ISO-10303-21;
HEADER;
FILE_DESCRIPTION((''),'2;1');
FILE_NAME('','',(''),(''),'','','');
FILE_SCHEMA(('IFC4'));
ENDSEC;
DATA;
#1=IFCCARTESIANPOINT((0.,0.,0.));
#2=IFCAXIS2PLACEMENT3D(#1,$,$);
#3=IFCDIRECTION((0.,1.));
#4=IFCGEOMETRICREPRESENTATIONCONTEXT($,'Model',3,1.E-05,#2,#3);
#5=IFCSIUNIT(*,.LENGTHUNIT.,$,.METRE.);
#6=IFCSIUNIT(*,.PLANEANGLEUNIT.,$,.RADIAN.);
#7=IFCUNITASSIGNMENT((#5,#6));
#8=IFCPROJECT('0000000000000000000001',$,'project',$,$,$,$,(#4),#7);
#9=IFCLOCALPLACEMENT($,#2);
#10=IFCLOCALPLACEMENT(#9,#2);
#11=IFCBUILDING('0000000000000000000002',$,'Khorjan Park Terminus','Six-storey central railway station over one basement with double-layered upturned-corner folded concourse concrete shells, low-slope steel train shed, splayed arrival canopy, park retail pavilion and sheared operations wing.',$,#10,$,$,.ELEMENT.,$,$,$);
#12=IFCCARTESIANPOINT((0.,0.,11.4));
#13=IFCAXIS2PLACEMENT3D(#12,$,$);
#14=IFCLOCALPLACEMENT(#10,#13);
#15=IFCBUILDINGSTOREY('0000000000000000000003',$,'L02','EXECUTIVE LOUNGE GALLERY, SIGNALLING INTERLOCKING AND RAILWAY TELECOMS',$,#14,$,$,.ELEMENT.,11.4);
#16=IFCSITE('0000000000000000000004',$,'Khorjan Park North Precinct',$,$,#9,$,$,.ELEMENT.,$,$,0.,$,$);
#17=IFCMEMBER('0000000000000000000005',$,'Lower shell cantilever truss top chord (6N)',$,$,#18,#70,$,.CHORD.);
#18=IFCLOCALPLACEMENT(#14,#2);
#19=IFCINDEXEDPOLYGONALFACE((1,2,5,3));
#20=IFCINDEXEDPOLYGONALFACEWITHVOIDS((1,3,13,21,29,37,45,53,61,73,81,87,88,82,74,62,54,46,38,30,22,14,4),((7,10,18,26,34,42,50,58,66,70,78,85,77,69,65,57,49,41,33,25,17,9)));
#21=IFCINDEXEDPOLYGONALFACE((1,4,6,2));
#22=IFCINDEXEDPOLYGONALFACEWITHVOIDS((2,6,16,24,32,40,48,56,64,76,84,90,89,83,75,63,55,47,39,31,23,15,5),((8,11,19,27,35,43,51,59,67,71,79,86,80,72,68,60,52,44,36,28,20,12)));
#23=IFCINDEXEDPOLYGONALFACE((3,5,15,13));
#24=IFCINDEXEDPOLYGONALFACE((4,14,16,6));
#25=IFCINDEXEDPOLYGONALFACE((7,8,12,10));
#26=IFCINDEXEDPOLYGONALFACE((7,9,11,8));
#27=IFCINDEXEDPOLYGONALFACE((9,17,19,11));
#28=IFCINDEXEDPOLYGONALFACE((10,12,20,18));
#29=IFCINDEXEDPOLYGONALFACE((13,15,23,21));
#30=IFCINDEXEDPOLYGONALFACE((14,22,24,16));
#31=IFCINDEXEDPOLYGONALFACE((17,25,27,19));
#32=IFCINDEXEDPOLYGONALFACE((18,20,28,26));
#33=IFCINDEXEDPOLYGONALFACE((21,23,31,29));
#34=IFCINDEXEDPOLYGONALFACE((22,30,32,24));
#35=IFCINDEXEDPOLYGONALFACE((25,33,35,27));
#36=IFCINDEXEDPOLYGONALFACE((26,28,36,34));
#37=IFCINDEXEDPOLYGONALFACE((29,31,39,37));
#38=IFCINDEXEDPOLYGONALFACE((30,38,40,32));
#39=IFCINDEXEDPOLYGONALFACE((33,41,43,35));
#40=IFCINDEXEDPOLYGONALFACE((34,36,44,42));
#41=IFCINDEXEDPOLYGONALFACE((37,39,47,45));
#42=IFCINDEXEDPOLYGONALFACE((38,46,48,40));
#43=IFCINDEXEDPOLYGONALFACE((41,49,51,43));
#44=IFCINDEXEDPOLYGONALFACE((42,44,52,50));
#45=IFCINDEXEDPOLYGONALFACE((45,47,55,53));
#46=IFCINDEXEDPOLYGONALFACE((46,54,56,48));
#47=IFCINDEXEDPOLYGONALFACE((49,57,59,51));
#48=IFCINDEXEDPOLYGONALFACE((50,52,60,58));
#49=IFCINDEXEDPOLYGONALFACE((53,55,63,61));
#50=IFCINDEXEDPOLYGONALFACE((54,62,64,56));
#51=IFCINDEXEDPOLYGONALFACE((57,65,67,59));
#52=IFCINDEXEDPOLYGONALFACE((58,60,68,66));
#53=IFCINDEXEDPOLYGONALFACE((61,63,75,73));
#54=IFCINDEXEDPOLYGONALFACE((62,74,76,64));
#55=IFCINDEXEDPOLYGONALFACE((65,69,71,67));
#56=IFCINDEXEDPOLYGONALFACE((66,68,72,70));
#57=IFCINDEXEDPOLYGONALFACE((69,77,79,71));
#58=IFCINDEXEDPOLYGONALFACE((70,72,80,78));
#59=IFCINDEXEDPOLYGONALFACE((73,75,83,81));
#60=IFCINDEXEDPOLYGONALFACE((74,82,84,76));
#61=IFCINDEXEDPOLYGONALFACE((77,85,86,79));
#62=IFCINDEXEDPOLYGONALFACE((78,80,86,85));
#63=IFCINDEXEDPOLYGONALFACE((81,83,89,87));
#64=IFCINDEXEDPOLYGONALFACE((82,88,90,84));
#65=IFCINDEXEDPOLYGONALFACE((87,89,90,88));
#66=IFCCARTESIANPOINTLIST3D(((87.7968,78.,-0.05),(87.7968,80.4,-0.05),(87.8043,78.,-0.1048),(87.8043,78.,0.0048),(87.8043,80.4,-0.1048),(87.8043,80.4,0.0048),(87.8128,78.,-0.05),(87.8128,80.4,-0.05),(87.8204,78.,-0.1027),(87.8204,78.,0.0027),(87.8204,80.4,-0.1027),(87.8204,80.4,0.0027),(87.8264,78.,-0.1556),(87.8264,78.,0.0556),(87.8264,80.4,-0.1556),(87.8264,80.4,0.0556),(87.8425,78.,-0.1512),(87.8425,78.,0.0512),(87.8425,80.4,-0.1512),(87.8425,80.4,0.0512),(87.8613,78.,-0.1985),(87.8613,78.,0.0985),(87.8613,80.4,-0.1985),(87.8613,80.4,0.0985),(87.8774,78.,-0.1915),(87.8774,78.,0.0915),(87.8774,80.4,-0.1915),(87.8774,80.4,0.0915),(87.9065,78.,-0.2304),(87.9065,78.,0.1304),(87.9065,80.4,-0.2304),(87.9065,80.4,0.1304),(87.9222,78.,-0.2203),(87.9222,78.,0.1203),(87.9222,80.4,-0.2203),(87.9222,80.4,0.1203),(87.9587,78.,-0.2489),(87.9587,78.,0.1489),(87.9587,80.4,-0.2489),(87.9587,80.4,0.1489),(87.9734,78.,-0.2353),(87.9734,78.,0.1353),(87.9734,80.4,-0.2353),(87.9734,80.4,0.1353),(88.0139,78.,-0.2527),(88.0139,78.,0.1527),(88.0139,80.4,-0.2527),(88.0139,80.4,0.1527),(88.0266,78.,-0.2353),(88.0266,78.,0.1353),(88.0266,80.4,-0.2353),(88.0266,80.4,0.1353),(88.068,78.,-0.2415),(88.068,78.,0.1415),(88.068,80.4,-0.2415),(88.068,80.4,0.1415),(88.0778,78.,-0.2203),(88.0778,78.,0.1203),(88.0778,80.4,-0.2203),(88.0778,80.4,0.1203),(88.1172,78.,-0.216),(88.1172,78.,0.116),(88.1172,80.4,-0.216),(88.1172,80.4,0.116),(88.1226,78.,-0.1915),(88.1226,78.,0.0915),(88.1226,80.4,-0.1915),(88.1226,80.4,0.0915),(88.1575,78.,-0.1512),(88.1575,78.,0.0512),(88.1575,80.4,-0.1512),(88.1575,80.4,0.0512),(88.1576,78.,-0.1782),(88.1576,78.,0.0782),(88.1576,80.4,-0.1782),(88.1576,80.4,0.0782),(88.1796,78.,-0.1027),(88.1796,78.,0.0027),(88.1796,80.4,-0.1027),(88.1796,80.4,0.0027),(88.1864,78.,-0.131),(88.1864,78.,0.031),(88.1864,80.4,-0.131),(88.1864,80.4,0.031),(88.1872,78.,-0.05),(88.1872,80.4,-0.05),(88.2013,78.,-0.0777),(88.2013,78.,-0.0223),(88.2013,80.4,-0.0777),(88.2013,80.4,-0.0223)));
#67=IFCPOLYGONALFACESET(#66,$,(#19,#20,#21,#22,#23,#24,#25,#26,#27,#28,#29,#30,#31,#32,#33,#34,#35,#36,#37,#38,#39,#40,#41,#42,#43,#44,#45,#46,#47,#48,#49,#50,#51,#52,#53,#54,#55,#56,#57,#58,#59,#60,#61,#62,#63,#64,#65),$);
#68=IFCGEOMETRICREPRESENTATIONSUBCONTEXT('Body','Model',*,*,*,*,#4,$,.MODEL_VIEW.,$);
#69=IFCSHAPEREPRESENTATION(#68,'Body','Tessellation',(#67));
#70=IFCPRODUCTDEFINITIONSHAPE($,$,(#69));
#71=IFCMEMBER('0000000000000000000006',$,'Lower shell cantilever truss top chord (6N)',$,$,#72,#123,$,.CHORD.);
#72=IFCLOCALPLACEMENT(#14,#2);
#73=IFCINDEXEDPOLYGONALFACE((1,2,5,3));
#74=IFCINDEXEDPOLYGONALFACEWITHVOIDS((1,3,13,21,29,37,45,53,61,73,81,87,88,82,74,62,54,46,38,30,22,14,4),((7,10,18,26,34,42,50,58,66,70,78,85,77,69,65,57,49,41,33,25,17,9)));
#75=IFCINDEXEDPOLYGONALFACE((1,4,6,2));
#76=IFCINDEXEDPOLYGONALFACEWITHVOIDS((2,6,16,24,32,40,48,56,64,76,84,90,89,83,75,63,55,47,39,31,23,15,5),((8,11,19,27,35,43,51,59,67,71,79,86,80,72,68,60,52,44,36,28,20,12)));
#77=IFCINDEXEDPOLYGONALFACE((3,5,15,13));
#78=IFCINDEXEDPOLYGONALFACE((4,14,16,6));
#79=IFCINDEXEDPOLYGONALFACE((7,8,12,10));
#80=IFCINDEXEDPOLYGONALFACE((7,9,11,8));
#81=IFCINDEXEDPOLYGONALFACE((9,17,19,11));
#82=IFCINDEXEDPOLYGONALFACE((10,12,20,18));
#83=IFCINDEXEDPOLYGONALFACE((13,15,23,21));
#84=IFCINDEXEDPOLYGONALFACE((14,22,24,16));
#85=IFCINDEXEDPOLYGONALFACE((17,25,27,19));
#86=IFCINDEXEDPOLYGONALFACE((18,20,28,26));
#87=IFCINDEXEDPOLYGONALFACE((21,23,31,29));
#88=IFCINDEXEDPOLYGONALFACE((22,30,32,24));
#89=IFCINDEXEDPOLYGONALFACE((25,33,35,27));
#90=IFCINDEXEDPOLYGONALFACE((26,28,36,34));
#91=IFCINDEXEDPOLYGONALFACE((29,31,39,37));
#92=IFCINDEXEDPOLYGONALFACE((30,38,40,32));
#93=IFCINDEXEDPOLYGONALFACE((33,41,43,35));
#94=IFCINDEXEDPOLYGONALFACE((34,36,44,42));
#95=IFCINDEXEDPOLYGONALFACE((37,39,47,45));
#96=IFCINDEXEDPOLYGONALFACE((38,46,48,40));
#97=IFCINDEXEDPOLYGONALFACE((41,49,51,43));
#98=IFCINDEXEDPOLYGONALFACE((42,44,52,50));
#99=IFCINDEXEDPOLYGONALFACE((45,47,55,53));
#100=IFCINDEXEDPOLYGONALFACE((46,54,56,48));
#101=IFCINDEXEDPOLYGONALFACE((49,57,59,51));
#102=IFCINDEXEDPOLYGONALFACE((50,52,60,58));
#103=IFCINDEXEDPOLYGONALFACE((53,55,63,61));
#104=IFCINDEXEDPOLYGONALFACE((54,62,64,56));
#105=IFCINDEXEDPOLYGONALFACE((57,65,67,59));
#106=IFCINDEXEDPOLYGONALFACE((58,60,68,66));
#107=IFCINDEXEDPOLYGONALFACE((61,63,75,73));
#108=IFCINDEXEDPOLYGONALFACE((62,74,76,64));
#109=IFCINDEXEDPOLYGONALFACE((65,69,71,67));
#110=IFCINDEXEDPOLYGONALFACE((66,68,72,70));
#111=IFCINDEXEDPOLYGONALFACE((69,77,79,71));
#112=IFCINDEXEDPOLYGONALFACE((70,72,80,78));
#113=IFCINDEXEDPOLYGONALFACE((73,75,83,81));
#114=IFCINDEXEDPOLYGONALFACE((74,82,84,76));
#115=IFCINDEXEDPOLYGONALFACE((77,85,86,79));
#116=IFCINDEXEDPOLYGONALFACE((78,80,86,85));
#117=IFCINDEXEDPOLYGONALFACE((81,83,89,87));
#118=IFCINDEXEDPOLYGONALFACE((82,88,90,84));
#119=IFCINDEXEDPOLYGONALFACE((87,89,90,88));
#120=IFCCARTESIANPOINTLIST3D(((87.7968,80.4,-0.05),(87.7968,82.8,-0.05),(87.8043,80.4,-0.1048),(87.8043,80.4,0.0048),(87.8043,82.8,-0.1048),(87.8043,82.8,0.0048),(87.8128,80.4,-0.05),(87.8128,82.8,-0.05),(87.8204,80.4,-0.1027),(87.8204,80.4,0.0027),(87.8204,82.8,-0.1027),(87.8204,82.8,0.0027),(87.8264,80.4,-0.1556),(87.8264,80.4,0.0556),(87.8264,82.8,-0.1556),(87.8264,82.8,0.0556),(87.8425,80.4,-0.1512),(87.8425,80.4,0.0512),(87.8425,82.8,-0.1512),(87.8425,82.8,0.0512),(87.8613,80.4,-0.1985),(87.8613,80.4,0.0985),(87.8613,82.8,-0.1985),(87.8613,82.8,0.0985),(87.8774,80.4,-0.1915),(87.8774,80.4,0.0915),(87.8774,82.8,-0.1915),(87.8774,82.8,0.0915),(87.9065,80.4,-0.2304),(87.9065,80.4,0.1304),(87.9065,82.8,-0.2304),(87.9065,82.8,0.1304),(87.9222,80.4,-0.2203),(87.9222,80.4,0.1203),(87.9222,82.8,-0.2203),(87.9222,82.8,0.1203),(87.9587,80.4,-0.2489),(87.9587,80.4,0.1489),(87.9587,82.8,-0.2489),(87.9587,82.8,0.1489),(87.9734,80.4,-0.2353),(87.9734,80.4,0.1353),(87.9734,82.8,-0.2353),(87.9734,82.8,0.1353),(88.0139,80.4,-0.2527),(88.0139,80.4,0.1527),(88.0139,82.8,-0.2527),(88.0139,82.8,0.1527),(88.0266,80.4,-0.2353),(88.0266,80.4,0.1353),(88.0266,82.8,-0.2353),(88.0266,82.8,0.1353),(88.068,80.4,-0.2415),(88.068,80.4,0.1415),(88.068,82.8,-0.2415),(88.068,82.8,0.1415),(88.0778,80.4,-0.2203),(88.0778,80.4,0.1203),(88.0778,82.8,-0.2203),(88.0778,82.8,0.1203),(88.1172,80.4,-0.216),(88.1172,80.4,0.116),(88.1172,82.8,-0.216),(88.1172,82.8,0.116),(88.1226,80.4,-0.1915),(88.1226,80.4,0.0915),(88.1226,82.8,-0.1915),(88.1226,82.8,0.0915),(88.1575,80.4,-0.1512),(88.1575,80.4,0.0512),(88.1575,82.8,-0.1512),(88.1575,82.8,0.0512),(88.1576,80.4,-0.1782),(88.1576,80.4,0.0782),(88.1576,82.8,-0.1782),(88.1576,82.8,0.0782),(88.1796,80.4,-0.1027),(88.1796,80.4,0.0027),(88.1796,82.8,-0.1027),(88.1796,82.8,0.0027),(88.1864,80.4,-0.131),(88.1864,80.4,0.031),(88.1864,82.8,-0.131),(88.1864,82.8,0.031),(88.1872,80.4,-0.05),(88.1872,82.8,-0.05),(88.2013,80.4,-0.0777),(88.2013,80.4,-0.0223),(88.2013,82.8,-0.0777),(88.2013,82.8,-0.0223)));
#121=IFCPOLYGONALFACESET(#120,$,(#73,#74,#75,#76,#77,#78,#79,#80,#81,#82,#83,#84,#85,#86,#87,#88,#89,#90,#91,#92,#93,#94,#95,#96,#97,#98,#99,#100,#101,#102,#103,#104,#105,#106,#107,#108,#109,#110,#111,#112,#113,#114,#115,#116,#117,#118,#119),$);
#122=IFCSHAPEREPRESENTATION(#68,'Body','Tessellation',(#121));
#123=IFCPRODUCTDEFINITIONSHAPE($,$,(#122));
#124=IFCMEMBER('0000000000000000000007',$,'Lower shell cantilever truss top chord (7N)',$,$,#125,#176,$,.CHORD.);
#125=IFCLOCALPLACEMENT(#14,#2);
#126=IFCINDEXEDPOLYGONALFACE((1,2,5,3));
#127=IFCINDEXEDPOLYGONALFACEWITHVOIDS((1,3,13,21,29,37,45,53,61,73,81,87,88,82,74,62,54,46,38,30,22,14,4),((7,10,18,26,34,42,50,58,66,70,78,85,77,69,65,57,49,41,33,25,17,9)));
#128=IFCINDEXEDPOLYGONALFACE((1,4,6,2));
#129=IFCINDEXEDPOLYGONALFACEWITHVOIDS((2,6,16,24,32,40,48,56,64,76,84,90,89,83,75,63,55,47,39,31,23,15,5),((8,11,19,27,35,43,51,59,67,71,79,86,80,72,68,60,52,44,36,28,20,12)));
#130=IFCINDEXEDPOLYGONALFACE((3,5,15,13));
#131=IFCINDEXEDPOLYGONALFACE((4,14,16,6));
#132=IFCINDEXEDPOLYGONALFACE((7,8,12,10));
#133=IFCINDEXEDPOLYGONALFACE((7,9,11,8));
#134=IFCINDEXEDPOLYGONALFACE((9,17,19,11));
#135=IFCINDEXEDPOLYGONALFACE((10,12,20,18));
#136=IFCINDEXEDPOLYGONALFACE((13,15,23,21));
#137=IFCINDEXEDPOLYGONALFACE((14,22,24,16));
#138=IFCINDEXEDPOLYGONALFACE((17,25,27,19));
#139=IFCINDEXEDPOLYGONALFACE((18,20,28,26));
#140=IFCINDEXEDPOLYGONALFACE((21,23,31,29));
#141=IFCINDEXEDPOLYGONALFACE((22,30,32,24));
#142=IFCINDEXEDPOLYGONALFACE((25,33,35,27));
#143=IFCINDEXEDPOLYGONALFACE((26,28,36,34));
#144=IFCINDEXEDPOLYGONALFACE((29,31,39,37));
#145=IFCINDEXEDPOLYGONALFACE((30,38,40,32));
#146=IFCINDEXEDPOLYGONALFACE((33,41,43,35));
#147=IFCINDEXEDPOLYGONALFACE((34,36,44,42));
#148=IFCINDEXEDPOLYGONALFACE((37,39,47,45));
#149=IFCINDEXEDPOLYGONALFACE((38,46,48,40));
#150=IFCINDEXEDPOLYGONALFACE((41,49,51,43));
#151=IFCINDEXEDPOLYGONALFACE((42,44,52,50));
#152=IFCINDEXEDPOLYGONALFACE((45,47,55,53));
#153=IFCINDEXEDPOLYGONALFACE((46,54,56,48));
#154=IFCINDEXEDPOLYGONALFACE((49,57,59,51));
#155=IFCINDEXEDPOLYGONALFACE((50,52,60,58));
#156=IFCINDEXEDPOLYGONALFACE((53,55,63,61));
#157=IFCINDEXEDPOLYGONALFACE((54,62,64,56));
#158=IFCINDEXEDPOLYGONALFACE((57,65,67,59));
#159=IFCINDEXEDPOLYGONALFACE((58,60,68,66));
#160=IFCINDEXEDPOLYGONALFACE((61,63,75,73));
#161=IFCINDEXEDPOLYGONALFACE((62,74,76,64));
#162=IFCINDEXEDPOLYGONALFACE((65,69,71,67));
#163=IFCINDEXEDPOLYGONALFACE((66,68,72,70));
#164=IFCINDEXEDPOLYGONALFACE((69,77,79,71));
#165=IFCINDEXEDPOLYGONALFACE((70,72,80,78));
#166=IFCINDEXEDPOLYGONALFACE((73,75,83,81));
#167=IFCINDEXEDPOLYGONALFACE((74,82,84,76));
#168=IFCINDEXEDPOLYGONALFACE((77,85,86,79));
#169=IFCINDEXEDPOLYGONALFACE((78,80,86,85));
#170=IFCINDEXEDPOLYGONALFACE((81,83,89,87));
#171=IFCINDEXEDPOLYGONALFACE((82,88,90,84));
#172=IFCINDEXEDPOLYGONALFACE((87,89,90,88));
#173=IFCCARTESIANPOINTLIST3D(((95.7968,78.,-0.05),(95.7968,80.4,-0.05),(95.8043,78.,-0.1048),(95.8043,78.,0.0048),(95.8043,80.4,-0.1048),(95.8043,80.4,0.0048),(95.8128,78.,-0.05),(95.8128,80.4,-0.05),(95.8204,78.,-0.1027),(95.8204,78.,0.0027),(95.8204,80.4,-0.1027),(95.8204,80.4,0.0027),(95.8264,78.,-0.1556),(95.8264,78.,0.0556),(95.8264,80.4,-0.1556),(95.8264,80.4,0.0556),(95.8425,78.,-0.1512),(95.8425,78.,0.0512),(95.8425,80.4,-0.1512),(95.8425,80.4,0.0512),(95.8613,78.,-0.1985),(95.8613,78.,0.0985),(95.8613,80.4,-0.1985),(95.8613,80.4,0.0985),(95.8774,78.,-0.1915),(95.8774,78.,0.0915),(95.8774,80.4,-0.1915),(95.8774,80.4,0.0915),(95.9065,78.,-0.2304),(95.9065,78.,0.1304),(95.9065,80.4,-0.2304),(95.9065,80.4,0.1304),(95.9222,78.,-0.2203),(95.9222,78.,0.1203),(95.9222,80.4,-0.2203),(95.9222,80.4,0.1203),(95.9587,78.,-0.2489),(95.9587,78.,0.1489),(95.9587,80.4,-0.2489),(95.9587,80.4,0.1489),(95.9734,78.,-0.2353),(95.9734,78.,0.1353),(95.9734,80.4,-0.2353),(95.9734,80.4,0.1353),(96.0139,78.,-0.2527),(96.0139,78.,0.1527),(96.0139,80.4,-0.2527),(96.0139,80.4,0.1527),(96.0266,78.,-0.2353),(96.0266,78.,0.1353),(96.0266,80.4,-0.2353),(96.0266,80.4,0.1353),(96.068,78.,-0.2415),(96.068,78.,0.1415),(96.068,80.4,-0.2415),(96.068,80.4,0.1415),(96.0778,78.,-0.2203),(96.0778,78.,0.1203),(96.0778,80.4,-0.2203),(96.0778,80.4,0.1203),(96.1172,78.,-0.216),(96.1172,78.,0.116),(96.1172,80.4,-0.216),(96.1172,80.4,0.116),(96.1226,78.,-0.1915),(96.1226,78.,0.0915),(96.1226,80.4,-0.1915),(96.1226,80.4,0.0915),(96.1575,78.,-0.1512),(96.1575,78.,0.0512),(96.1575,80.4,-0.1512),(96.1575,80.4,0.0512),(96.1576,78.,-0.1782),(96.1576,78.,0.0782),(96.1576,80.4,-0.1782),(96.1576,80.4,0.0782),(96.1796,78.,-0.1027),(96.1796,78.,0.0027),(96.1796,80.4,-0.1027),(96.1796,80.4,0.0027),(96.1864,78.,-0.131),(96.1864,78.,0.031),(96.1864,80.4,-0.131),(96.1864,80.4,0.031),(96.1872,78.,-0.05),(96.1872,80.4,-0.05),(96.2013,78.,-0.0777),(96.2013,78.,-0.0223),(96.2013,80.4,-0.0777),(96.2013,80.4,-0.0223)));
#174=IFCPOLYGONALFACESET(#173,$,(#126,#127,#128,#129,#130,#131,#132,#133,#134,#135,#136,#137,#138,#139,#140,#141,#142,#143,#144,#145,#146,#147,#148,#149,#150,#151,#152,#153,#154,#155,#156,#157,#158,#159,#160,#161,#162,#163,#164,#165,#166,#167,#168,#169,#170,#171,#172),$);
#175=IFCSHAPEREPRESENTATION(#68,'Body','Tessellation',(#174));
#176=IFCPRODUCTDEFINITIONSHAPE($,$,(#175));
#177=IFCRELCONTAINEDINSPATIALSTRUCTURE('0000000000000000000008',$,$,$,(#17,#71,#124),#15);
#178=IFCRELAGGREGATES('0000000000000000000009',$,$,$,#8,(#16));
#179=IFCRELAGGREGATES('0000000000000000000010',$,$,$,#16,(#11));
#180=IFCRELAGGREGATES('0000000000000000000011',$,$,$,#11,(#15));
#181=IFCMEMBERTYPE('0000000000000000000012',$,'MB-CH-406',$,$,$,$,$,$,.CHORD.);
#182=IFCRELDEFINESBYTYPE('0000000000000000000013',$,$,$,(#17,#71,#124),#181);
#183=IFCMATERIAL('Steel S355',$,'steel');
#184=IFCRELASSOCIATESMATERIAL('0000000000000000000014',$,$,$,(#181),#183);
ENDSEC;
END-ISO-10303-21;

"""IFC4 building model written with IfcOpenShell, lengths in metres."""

from ifc_helpers import new_model, si_unit, direction, frame, origin, origin_2d, place, context, subcontext, project, spatial, hollow_circle, extrude, material, material_profile, profile_set, type_object, element, save


model = new_model("IFC4")

# Units and contexts
model_context = context("Model", 3, precision=1e-05, world=origin(), true_north=direction((0.0, 1.0)))
body_context = subcontext(model_context, "Body", "Model", "MODEL_VIEW")
ifc_project = project(units=[si_unit("LENGTHUNIT", "METRE"), si_unit("PLANEANGLEUNIT", "RADIAN")], contexts=[model_context])

# Site, building, storey
site_placement = place(None, origin())
site = spatial("IfcSite", under=ifc_project, at=site_placement, Name="Khorjan Park North Precinct", CompositionType="ELEMENT", RefElevation=0.0)
building_placement = place(site_placement, origin())
building = spatial("IfcBuilding", under=site, at=building_placement, Name="Khorjan Park Terminus", Description="Six-storey central railway station over one basement with double-layered upturned-corner folded concourse concrete shells, low-slope steel train shed, splayed arrival canopy, park retail pavilion and sheared operations wing.", CompositionType="ELEMENT")
storey_placement = place(building_placement, frame((0.0, 0.0, 11.4)))
storey = spatial("IfcBuildingStorey", under=building, at=storey_placement, Name="L02", Description="EXECUTIVE LOUNGE GALLERY, SIGNALLING INTERLOCKING AND RAILWAY TELECOMS", CompositionType="ELEMENT", Elevation=11.4)

# Shared definitions
ifc_material_1 = material(Name="Steel S355", Category="steel")

# Members
ifc_material_profile_1 = material_profile(ifc_material_1, hollow_circle(Radius=0.2032, WallThickness=0.016, at=origin_2d()), Name="CHS 406.4x16")
ifc_profile_set_1 = profile_set([ifc_material_profile_1], Name="Steel S355")
member_type_1 = type_object("IfcMemberType", Name="MB-CH-406", PredefinedType="CHORD", material=ifc_profile_set_1)
for number, where, z_axis, x_axis, name in (
    (1, (88.0, 78.0, -0.05), (0.0, 1.0, 0.0), (-1.0, 0.0, 0.0), "Lower shell cantilever truss top chord (6N)"),
    (2, (88.0, 80.4, -0.05), (0.0, 1.0, 0.0), (-1.0, 0.0, 0.0), "Lower shell cantilever truss top chord (6N)"),
    (3, (96.0, 78.0, -0.05), (0.0, 1.0, 0.0), (-1.0, 0.0, 0.0), "Lower shell cantilever truss top chord (7N)"),
):
    element("IfcMember", number, at=place(storey_placement, frame(where, z_axis=z_axis, x_axis=x_axis)), inside=storey, type_object=member_type_1, Name=name, PredefinedType="CHORD", context=body_context, shape_type="SweptSolid", body=[
        extrude(hollow_circle(Radius=0.2032, WallThickness=0.016, at=origin_2d()), origin(), (0.0, 0.0, 1.0), 2.4),
    ])

save(model, "model.ifc")
